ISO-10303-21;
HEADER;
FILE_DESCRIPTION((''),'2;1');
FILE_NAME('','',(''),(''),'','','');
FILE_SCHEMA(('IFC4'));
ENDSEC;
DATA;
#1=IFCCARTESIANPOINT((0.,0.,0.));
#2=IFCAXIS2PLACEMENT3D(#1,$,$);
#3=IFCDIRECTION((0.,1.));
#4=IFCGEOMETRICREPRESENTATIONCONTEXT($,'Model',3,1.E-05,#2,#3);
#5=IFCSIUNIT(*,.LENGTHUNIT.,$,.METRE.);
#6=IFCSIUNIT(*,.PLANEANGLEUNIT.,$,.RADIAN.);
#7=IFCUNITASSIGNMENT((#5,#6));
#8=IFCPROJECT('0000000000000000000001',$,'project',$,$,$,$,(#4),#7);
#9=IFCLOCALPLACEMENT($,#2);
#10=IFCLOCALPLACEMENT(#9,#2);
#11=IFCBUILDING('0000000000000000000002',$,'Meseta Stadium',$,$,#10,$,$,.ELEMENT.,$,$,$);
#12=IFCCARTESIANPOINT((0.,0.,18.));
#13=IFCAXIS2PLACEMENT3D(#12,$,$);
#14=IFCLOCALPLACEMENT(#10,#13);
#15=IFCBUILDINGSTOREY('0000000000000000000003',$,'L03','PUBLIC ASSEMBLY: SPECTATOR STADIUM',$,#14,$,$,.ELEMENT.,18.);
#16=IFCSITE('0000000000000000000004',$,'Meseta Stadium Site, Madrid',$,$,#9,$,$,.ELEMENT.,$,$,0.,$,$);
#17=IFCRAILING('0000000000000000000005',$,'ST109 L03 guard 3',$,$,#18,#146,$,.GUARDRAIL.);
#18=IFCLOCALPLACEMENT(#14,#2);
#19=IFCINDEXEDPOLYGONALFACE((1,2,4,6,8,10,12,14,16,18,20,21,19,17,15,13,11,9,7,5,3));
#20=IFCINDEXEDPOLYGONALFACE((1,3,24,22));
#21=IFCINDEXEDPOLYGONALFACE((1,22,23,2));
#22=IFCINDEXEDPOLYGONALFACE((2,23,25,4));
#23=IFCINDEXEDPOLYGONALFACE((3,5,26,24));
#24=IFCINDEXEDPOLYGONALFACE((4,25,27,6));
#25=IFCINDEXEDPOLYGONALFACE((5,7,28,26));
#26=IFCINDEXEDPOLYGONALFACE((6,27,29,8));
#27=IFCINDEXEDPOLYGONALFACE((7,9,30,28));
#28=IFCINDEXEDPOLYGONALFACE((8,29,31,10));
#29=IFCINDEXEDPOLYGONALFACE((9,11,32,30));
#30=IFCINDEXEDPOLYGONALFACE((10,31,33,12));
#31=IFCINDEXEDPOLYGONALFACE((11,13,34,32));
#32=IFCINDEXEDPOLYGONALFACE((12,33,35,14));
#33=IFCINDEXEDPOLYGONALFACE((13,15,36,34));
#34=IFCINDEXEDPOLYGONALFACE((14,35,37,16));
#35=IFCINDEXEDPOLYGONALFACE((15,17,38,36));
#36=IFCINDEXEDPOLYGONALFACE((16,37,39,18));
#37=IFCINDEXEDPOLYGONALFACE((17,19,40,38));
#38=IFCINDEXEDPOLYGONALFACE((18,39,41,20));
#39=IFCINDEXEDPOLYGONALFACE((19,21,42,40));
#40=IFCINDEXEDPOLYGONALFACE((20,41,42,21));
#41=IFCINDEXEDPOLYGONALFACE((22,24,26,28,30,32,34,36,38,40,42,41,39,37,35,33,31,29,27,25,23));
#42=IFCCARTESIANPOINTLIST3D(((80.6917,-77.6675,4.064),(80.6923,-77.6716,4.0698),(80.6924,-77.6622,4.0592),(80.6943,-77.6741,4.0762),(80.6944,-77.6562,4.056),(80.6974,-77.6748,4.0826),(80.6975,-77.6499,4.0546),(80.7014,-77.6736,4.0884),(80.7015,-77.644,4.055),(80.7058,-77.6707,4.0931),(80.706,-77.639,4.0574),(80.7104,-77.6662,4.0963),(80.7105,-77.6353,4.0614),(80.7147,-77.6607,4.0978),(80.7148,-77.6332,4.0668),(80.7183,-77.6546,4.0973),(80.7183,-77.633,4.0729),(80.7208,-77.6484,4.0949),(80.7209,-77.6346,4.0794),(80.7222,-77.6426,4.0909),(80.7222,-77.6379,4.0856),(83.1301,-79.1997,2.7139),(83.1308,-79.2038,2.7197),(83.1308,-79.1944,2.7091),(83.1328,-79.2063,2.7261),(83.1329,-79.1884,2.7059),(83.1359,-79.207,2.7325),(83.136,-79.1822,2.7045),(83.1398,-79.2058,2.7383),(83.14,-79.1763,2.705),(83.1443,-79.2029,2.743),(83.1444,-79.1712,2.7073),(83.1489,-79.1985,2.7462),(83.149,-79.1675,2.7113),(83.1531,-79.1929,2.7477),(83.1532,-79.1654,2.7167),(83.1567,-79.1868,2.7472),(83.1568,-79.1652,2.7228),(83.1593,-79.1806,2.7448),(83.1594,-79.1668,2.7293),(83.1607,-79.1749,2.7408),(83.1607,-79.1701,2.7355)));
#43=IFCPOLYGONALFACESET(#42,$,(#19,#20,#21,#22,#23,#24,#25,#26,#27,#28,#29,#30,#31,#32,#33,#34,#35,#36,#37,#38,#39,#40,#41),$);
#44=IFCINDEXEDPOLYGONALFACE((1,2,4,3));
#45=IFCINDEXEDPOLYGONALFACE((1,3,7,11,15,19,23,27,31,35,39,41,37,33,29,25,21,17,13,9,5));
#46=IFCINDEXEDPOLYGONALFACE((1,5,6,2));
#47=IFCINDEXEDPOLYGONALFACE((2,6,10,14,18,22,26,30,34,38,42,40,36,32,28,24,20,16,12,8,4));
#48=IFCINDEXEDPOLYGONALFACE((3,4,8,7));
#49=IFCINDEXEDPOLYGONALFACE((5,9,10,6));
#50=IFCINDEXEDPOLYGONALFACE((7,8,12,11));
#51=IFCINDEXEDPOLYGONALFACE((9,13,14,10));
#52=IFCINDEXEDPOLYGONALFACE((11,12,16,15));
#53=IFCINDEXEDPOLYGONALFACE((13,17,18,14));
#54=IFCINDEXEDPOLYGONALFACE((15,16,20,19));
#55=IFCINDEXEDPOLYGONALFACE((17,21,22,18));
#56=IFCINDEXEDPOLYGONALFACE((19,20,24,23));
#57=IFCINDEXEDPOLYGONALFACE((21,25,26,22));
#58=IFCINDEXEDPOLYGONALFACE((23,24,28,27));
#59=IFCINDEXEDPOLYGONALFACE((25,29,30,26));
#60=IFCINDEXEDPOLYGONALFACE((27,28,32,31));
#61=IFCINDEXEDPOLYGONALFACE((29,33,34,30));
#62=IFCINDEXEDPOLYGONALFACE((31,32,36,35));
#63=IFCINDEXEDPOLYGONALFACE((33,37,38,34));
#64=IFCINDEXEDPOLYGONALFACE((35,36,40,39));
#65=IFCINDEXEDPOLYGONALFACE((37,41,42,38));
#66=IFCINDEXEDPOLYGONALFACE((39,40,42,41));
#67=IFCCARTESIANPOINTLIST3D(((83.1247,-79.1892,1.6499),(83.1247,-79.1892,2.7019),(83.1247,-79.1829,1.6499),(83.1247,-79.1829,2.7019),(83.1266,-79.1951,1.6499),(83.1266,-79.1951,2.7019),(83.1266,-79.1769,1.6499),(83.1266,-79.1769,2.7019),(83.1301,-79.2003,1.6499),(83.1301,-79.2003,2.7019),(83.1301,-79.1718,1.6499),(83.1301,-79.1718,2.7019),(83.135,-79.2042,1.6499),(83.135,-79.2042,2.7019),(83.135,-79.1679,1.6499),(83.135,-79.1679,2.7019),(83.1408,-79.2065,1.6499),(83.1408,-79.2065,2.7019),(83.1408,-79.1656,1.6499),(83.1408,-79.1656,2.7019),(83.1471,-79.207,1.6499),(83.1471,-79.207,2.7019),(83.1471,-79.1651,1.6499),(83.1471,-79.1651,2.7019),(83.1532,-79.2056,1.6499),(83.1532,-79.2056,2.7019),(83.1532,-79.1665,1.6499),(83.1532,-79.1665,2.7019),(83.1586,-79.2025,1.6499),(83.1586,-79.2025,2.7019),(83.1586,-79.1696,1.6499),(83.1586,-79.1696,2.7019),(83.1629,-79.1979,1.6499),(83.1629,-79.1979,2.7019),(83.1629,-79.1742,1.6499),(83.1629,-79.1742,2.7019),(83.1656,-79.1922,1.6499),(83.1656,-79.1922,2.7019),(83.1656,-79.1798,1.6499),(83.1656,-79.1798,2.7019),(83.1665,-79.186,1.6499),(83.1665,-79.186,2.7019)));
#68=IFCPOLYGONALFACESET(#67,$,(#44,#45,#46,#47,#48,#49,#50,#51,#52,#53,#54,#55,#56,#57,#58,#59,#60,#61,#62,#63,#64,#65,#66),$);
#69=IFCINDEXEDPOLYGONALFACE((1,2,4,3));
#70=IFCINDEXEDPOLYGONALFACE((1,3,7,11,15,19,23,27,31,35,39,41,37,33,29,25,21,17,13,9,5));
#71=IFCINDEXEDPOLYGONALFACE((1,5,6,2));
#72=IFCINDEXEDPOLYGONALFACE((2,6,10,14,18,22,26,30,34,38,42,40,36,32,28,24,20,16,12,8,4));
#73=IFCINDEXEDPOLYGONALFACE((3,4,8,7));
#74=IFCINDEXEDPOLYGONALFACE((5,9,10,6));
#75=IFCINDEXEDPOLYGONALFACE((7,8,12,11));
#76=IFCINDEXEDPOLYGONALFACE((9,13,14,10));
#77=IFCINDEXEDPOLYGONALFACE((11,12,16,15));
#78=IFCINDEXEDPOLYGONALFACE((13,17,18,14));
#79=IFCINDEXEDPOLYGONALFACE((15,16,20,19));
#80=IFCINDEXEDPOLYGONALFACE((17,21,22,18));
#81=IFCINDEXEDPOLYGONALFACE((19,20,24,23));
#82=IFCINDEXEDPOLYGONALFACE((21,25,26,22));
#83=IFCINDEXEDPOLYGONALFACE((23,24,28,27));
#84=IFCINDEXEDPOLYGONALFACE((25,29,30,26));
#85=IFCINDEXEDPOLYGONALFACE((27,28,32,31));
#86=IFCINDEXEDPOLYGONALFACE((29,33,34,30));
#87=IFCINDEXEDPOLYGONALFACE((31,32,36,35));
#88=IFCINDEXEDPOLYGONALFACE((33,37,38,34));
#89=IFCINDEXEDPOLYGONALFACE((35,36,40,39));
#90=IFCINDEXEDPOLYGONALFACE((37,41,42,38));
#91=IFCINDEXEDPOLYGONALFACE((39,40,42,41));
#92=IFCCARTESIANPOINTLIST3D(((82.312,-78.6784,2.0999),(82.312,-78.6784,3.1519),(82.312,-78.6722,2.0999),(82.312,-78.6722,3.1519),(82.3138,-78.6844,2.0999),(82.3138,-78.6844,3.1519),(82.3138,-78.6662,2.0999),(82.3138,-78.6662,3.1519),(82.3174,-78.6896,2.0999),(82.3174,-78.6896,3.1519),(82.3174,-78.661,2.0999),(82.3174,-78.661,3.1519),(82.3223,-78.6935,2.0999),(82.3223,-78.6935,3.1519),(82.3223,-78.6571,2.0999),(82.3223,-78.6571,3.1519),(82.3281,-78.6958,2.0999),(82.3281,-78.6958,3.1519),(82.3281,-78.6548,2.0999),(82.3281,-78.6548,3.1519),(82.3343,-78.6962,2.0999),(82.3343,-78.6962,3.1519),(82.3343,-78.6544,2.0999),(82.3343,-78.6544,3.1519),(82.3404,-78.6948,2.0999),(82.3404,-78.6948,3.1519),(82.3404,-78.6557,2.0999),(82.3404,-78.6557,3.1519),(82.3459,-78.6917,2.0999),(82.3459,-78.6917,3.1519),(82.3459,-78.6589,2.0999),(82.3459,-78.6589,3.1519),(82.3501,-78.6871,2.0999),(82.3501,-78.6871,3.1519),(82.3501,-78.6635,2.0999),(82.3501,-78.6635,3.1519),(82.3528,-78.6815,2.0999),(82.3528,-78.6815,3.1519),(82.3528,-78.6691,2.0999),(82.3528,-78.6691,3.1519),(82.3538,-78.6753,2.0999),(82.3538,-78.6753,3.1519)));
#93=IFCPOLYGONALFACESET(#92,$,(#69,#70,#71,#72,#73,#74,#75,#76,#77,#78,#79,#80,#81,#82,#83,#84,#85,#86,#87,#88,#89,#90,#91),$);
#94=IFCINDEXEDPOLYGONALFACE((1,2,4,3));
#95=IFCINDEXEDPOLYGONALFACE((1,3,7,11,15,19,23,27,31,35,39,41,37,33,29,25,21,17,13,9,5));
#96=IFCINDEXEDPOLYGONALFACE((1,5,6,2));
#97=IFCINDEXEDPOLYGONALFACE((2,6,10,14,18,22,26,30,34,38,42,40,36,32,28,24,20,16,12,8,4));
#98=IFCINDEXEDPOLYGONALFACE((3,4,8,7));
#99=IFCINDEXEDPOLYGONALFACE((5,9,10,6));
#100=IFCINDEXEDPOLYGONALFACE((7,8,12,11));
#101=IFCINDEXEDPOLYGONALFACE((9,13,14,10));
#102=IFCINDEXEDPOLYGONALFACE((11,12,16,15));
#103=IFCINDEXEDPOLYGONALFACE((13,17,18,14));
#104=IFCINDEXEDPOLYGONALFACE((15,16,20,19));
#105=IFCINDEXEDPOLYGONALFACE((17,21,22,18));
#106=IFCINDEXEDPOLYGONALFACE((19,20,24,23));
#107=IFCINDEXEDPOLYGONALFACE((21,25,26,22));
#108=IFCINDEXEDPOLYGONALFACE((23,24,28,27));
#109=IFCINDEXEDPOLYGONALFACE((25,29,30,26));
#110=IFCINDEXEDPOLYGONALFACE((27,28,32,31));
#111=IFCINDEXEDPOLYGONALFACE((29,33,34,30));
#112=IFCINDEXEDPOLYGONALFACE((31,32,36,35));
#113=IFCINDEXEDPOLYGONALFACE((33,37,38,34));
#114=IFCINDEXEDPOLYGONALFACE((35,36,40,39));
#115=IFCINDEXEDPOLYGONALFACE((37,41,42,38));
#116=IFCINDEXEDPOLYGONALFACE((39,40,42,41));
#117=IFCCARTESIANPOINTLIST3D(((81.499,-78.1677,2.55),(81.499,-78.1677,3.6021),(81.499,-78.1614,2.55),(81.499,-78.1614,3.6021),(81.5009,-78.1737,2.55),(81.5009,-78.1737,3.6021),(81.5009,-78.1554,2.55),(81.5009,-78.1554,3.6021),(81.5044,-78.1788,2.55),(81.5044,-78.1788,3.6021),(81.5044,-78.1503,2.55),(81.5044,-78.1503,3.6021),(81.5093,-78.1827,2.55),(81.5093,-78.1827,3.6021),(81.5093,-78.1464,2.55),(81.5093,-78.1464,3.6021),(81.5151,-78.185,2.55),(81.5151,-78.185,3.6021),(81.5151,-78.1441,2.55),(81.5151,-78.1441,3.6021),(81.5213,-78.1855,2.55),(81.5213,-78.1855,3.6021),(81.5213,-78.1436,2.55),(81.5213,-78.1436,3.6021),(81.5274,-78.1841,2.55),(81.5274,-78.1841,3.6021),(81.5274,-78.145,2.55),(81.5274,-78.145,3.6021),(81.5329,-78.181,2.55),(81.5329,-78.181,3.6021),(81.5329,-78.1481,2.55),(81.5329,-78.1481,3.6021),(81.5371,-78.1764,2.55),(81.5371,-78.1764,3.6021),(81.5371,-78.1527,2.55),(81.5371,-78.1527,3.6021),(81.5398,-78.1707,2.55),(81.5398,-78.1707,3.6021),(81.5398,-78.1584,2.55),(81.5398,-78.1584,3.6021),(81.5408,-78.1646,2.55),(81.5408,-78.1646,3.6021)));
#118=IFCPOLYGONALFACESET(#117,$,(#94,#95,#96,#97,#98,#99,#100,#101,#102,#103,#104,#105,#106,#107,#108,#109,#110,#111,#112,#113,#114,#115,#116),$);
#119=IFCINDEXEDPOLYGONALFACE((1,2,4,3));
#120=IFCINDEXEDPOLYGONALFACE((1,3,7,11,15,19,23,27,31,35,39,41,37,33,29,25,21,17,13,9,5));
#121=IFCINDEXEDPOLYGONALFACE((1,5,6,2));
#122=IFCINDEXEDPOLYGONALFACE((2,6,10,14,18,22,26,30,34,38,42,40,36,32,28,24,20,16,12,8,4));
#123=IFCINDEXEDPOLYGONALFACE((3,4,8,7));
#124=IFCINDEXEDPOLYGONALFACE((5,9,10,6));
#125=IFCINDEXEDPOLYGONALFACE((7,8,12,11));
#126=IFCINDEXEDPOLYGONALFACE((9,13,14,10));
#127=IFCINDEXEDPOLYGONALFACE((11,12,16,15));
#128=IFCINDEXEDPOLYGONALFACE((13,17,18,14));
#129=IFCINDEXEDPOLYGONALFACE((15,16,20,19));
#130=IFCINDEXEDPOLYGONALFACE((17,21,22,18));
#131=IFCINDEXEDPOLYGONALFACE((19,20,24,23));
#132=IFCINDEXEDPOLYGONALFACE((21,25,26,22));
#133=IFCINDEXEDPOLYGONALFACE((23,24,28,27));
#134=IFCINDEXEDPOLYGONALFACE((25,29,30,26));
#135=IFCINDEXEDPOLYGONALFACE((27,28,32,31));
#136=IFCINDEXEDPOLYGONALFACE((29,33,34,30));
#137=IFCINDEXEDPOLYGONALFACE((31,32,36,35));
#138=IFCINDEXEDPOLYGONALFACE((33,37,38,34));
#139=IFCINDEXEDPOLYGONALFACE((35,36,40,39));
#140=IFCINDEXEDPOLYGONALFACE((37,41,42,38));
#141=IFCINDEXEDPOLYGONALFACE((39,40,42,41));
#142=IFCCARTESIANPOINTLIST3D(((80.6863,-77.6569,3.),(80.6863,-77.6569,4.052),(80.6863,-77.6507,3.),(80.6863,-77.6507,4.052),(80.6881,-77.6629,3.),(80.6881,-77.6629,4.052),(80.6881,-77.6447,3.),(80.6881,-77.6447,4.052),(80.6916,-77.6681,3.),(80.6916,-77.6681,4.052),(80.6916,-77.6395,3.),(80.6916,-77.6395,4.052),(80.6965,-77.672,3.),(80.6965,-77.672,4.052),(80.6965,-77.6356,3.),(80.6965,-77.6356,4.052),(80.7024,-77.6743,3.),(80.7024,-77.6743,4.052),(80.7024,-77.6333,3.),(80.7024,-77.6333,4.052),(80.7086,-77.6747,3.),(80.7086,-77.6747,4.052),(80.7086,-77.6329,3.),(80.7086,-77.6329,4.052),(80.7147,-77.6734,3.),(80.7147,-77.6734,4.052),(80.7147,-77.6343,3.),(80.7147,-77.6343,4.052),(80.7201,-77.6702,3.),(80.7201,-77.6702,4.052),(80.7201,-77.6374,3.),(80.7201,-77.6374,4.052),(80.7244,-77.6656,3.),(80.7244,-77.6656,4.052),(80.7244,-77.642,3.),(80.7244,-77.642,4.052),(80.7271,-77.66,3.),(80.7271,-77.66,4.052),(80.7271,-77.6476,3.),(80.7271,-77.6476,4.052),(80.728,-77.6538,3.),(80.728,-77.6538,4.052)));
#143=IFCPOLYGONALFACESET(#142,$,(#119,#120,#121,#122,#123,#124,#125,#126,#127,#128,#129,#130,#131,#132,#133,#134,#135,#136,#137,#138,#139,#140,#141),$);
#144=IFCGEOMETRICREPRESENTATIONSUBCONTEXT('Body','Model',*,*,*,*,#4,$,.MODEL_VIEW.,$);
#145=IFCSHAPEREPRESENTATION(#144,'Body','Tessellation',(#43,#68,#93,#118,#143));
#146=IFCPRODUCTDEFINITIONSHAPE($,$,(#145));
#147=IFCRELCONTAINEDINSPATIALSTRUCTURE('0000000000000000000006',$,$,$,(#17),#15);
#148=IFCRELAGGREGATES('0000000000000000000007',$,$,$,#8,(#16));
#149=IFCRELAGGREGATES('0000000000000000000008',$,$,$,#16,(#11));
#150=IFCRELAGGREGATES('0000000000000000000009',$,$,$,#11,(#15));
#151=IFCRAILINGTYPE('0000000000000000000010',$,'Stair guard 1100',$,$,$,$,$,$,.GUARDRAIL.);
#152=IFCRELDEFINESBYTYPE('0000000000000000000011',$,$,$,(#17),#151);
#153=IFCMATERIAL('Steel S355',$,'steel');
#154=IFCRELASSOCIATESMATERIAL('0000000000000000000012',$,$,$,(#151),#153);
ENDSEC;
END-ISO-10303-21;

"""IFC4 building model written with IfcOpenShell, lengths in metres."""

from ifc_helpers import new_model, si_unit, direction, frame, origin, origin_2d, place, context, subcontext, project, spatial, circle, extrude, material, type_object, element, save


model = new_model("IFC4")

# Units and contexts
model_context = context("Model", 3, precision=1e-05, world=origin(), true_north=direction((0.0, 1.0)))
body_context = subcontext(model_context, "Body", "Model", "MODEL_VIEW")
ifc_project = project(units=[si_unit("LENGTHUNIT", "METRE"), si_unit("PLANEANGLEUNIT", "RADIAN")], contexts=[model_context])

# Site, building, storey
site_placement = place(None, origin())
site = spatial("IfcSite", under=ifc_project, at=site_placement, Name="Meseta Stadium Site, Madrid", CompositionType="ELEMENT", RefElevation=0.0)
building_placement = place(site_placement, origin())
building = spatial("IfcBuilding", under=site, at=building_placement, Name="Meseta Stadium", CompositionType="ELEMENT")
storey_placement = place(building_placement, frame((0.0, 0.0, 18.0)))
storey = spatial("IfcBuildingStorey", under=building, at=storey_placement, Name="L03", Description="PUBLIC ASSEMBLY: SPECTATOR STADIUM", CompositionType="ELEMENT", Elevation=18.0)

# Railing
ifc_material_1 = material(Name="Steel S355", Category="steel")
railing_type_1 = type_object("IfcRailingType", Name="Stair guard 1100", PredefinedType="GUARDRAIL", material=ifc_material_1)
railing_1_placement = place(storey_placement, frame((83.1455, -79.186, 1.6499)))
element("IfcRailing", 1, at=railing_1_placement, inside=storey, type_object=railing_type_1, Name="ST109 L03 guard 3", PredefinedType="GUARDRAIL", context=body_context, shape_type="SweptSolid", body=[
    extrude(circle(Radius=0.0239, at=origin_2d()), frame((0.0, 0.0, 1.0762), z_axis=(-0.766655, 0.481731, 0.42447), x_axis=(-0.53204, -0.846719, 0.0)), (0.0, 0.0, 1.0), 3.1807),
    extrude(circle(Radius=0.021, at=origin_2d()), origin(), (0.0, 0.0, 1.0), 1.052),
    extrude(circle(Radius=0.021, at=origin_2d()), frame((-0.8127, 0.5107, 0.45)), (0.0, 0.0, 1.0), 1.052),
    extrude(circle(Radius=0.021, at=origin_2d()), frame((-1.6257, 1.0215, 0.9001)), (0.0, 0.0, 1.0), 1.052),
    extrude(circle(Radius=0.021, at=origin_2d()), frame((-2.4385, 1.5322, 1.3501)), (0.0, 0.0, 1.0), 1.052),
])

save(model, "model.ifc")
